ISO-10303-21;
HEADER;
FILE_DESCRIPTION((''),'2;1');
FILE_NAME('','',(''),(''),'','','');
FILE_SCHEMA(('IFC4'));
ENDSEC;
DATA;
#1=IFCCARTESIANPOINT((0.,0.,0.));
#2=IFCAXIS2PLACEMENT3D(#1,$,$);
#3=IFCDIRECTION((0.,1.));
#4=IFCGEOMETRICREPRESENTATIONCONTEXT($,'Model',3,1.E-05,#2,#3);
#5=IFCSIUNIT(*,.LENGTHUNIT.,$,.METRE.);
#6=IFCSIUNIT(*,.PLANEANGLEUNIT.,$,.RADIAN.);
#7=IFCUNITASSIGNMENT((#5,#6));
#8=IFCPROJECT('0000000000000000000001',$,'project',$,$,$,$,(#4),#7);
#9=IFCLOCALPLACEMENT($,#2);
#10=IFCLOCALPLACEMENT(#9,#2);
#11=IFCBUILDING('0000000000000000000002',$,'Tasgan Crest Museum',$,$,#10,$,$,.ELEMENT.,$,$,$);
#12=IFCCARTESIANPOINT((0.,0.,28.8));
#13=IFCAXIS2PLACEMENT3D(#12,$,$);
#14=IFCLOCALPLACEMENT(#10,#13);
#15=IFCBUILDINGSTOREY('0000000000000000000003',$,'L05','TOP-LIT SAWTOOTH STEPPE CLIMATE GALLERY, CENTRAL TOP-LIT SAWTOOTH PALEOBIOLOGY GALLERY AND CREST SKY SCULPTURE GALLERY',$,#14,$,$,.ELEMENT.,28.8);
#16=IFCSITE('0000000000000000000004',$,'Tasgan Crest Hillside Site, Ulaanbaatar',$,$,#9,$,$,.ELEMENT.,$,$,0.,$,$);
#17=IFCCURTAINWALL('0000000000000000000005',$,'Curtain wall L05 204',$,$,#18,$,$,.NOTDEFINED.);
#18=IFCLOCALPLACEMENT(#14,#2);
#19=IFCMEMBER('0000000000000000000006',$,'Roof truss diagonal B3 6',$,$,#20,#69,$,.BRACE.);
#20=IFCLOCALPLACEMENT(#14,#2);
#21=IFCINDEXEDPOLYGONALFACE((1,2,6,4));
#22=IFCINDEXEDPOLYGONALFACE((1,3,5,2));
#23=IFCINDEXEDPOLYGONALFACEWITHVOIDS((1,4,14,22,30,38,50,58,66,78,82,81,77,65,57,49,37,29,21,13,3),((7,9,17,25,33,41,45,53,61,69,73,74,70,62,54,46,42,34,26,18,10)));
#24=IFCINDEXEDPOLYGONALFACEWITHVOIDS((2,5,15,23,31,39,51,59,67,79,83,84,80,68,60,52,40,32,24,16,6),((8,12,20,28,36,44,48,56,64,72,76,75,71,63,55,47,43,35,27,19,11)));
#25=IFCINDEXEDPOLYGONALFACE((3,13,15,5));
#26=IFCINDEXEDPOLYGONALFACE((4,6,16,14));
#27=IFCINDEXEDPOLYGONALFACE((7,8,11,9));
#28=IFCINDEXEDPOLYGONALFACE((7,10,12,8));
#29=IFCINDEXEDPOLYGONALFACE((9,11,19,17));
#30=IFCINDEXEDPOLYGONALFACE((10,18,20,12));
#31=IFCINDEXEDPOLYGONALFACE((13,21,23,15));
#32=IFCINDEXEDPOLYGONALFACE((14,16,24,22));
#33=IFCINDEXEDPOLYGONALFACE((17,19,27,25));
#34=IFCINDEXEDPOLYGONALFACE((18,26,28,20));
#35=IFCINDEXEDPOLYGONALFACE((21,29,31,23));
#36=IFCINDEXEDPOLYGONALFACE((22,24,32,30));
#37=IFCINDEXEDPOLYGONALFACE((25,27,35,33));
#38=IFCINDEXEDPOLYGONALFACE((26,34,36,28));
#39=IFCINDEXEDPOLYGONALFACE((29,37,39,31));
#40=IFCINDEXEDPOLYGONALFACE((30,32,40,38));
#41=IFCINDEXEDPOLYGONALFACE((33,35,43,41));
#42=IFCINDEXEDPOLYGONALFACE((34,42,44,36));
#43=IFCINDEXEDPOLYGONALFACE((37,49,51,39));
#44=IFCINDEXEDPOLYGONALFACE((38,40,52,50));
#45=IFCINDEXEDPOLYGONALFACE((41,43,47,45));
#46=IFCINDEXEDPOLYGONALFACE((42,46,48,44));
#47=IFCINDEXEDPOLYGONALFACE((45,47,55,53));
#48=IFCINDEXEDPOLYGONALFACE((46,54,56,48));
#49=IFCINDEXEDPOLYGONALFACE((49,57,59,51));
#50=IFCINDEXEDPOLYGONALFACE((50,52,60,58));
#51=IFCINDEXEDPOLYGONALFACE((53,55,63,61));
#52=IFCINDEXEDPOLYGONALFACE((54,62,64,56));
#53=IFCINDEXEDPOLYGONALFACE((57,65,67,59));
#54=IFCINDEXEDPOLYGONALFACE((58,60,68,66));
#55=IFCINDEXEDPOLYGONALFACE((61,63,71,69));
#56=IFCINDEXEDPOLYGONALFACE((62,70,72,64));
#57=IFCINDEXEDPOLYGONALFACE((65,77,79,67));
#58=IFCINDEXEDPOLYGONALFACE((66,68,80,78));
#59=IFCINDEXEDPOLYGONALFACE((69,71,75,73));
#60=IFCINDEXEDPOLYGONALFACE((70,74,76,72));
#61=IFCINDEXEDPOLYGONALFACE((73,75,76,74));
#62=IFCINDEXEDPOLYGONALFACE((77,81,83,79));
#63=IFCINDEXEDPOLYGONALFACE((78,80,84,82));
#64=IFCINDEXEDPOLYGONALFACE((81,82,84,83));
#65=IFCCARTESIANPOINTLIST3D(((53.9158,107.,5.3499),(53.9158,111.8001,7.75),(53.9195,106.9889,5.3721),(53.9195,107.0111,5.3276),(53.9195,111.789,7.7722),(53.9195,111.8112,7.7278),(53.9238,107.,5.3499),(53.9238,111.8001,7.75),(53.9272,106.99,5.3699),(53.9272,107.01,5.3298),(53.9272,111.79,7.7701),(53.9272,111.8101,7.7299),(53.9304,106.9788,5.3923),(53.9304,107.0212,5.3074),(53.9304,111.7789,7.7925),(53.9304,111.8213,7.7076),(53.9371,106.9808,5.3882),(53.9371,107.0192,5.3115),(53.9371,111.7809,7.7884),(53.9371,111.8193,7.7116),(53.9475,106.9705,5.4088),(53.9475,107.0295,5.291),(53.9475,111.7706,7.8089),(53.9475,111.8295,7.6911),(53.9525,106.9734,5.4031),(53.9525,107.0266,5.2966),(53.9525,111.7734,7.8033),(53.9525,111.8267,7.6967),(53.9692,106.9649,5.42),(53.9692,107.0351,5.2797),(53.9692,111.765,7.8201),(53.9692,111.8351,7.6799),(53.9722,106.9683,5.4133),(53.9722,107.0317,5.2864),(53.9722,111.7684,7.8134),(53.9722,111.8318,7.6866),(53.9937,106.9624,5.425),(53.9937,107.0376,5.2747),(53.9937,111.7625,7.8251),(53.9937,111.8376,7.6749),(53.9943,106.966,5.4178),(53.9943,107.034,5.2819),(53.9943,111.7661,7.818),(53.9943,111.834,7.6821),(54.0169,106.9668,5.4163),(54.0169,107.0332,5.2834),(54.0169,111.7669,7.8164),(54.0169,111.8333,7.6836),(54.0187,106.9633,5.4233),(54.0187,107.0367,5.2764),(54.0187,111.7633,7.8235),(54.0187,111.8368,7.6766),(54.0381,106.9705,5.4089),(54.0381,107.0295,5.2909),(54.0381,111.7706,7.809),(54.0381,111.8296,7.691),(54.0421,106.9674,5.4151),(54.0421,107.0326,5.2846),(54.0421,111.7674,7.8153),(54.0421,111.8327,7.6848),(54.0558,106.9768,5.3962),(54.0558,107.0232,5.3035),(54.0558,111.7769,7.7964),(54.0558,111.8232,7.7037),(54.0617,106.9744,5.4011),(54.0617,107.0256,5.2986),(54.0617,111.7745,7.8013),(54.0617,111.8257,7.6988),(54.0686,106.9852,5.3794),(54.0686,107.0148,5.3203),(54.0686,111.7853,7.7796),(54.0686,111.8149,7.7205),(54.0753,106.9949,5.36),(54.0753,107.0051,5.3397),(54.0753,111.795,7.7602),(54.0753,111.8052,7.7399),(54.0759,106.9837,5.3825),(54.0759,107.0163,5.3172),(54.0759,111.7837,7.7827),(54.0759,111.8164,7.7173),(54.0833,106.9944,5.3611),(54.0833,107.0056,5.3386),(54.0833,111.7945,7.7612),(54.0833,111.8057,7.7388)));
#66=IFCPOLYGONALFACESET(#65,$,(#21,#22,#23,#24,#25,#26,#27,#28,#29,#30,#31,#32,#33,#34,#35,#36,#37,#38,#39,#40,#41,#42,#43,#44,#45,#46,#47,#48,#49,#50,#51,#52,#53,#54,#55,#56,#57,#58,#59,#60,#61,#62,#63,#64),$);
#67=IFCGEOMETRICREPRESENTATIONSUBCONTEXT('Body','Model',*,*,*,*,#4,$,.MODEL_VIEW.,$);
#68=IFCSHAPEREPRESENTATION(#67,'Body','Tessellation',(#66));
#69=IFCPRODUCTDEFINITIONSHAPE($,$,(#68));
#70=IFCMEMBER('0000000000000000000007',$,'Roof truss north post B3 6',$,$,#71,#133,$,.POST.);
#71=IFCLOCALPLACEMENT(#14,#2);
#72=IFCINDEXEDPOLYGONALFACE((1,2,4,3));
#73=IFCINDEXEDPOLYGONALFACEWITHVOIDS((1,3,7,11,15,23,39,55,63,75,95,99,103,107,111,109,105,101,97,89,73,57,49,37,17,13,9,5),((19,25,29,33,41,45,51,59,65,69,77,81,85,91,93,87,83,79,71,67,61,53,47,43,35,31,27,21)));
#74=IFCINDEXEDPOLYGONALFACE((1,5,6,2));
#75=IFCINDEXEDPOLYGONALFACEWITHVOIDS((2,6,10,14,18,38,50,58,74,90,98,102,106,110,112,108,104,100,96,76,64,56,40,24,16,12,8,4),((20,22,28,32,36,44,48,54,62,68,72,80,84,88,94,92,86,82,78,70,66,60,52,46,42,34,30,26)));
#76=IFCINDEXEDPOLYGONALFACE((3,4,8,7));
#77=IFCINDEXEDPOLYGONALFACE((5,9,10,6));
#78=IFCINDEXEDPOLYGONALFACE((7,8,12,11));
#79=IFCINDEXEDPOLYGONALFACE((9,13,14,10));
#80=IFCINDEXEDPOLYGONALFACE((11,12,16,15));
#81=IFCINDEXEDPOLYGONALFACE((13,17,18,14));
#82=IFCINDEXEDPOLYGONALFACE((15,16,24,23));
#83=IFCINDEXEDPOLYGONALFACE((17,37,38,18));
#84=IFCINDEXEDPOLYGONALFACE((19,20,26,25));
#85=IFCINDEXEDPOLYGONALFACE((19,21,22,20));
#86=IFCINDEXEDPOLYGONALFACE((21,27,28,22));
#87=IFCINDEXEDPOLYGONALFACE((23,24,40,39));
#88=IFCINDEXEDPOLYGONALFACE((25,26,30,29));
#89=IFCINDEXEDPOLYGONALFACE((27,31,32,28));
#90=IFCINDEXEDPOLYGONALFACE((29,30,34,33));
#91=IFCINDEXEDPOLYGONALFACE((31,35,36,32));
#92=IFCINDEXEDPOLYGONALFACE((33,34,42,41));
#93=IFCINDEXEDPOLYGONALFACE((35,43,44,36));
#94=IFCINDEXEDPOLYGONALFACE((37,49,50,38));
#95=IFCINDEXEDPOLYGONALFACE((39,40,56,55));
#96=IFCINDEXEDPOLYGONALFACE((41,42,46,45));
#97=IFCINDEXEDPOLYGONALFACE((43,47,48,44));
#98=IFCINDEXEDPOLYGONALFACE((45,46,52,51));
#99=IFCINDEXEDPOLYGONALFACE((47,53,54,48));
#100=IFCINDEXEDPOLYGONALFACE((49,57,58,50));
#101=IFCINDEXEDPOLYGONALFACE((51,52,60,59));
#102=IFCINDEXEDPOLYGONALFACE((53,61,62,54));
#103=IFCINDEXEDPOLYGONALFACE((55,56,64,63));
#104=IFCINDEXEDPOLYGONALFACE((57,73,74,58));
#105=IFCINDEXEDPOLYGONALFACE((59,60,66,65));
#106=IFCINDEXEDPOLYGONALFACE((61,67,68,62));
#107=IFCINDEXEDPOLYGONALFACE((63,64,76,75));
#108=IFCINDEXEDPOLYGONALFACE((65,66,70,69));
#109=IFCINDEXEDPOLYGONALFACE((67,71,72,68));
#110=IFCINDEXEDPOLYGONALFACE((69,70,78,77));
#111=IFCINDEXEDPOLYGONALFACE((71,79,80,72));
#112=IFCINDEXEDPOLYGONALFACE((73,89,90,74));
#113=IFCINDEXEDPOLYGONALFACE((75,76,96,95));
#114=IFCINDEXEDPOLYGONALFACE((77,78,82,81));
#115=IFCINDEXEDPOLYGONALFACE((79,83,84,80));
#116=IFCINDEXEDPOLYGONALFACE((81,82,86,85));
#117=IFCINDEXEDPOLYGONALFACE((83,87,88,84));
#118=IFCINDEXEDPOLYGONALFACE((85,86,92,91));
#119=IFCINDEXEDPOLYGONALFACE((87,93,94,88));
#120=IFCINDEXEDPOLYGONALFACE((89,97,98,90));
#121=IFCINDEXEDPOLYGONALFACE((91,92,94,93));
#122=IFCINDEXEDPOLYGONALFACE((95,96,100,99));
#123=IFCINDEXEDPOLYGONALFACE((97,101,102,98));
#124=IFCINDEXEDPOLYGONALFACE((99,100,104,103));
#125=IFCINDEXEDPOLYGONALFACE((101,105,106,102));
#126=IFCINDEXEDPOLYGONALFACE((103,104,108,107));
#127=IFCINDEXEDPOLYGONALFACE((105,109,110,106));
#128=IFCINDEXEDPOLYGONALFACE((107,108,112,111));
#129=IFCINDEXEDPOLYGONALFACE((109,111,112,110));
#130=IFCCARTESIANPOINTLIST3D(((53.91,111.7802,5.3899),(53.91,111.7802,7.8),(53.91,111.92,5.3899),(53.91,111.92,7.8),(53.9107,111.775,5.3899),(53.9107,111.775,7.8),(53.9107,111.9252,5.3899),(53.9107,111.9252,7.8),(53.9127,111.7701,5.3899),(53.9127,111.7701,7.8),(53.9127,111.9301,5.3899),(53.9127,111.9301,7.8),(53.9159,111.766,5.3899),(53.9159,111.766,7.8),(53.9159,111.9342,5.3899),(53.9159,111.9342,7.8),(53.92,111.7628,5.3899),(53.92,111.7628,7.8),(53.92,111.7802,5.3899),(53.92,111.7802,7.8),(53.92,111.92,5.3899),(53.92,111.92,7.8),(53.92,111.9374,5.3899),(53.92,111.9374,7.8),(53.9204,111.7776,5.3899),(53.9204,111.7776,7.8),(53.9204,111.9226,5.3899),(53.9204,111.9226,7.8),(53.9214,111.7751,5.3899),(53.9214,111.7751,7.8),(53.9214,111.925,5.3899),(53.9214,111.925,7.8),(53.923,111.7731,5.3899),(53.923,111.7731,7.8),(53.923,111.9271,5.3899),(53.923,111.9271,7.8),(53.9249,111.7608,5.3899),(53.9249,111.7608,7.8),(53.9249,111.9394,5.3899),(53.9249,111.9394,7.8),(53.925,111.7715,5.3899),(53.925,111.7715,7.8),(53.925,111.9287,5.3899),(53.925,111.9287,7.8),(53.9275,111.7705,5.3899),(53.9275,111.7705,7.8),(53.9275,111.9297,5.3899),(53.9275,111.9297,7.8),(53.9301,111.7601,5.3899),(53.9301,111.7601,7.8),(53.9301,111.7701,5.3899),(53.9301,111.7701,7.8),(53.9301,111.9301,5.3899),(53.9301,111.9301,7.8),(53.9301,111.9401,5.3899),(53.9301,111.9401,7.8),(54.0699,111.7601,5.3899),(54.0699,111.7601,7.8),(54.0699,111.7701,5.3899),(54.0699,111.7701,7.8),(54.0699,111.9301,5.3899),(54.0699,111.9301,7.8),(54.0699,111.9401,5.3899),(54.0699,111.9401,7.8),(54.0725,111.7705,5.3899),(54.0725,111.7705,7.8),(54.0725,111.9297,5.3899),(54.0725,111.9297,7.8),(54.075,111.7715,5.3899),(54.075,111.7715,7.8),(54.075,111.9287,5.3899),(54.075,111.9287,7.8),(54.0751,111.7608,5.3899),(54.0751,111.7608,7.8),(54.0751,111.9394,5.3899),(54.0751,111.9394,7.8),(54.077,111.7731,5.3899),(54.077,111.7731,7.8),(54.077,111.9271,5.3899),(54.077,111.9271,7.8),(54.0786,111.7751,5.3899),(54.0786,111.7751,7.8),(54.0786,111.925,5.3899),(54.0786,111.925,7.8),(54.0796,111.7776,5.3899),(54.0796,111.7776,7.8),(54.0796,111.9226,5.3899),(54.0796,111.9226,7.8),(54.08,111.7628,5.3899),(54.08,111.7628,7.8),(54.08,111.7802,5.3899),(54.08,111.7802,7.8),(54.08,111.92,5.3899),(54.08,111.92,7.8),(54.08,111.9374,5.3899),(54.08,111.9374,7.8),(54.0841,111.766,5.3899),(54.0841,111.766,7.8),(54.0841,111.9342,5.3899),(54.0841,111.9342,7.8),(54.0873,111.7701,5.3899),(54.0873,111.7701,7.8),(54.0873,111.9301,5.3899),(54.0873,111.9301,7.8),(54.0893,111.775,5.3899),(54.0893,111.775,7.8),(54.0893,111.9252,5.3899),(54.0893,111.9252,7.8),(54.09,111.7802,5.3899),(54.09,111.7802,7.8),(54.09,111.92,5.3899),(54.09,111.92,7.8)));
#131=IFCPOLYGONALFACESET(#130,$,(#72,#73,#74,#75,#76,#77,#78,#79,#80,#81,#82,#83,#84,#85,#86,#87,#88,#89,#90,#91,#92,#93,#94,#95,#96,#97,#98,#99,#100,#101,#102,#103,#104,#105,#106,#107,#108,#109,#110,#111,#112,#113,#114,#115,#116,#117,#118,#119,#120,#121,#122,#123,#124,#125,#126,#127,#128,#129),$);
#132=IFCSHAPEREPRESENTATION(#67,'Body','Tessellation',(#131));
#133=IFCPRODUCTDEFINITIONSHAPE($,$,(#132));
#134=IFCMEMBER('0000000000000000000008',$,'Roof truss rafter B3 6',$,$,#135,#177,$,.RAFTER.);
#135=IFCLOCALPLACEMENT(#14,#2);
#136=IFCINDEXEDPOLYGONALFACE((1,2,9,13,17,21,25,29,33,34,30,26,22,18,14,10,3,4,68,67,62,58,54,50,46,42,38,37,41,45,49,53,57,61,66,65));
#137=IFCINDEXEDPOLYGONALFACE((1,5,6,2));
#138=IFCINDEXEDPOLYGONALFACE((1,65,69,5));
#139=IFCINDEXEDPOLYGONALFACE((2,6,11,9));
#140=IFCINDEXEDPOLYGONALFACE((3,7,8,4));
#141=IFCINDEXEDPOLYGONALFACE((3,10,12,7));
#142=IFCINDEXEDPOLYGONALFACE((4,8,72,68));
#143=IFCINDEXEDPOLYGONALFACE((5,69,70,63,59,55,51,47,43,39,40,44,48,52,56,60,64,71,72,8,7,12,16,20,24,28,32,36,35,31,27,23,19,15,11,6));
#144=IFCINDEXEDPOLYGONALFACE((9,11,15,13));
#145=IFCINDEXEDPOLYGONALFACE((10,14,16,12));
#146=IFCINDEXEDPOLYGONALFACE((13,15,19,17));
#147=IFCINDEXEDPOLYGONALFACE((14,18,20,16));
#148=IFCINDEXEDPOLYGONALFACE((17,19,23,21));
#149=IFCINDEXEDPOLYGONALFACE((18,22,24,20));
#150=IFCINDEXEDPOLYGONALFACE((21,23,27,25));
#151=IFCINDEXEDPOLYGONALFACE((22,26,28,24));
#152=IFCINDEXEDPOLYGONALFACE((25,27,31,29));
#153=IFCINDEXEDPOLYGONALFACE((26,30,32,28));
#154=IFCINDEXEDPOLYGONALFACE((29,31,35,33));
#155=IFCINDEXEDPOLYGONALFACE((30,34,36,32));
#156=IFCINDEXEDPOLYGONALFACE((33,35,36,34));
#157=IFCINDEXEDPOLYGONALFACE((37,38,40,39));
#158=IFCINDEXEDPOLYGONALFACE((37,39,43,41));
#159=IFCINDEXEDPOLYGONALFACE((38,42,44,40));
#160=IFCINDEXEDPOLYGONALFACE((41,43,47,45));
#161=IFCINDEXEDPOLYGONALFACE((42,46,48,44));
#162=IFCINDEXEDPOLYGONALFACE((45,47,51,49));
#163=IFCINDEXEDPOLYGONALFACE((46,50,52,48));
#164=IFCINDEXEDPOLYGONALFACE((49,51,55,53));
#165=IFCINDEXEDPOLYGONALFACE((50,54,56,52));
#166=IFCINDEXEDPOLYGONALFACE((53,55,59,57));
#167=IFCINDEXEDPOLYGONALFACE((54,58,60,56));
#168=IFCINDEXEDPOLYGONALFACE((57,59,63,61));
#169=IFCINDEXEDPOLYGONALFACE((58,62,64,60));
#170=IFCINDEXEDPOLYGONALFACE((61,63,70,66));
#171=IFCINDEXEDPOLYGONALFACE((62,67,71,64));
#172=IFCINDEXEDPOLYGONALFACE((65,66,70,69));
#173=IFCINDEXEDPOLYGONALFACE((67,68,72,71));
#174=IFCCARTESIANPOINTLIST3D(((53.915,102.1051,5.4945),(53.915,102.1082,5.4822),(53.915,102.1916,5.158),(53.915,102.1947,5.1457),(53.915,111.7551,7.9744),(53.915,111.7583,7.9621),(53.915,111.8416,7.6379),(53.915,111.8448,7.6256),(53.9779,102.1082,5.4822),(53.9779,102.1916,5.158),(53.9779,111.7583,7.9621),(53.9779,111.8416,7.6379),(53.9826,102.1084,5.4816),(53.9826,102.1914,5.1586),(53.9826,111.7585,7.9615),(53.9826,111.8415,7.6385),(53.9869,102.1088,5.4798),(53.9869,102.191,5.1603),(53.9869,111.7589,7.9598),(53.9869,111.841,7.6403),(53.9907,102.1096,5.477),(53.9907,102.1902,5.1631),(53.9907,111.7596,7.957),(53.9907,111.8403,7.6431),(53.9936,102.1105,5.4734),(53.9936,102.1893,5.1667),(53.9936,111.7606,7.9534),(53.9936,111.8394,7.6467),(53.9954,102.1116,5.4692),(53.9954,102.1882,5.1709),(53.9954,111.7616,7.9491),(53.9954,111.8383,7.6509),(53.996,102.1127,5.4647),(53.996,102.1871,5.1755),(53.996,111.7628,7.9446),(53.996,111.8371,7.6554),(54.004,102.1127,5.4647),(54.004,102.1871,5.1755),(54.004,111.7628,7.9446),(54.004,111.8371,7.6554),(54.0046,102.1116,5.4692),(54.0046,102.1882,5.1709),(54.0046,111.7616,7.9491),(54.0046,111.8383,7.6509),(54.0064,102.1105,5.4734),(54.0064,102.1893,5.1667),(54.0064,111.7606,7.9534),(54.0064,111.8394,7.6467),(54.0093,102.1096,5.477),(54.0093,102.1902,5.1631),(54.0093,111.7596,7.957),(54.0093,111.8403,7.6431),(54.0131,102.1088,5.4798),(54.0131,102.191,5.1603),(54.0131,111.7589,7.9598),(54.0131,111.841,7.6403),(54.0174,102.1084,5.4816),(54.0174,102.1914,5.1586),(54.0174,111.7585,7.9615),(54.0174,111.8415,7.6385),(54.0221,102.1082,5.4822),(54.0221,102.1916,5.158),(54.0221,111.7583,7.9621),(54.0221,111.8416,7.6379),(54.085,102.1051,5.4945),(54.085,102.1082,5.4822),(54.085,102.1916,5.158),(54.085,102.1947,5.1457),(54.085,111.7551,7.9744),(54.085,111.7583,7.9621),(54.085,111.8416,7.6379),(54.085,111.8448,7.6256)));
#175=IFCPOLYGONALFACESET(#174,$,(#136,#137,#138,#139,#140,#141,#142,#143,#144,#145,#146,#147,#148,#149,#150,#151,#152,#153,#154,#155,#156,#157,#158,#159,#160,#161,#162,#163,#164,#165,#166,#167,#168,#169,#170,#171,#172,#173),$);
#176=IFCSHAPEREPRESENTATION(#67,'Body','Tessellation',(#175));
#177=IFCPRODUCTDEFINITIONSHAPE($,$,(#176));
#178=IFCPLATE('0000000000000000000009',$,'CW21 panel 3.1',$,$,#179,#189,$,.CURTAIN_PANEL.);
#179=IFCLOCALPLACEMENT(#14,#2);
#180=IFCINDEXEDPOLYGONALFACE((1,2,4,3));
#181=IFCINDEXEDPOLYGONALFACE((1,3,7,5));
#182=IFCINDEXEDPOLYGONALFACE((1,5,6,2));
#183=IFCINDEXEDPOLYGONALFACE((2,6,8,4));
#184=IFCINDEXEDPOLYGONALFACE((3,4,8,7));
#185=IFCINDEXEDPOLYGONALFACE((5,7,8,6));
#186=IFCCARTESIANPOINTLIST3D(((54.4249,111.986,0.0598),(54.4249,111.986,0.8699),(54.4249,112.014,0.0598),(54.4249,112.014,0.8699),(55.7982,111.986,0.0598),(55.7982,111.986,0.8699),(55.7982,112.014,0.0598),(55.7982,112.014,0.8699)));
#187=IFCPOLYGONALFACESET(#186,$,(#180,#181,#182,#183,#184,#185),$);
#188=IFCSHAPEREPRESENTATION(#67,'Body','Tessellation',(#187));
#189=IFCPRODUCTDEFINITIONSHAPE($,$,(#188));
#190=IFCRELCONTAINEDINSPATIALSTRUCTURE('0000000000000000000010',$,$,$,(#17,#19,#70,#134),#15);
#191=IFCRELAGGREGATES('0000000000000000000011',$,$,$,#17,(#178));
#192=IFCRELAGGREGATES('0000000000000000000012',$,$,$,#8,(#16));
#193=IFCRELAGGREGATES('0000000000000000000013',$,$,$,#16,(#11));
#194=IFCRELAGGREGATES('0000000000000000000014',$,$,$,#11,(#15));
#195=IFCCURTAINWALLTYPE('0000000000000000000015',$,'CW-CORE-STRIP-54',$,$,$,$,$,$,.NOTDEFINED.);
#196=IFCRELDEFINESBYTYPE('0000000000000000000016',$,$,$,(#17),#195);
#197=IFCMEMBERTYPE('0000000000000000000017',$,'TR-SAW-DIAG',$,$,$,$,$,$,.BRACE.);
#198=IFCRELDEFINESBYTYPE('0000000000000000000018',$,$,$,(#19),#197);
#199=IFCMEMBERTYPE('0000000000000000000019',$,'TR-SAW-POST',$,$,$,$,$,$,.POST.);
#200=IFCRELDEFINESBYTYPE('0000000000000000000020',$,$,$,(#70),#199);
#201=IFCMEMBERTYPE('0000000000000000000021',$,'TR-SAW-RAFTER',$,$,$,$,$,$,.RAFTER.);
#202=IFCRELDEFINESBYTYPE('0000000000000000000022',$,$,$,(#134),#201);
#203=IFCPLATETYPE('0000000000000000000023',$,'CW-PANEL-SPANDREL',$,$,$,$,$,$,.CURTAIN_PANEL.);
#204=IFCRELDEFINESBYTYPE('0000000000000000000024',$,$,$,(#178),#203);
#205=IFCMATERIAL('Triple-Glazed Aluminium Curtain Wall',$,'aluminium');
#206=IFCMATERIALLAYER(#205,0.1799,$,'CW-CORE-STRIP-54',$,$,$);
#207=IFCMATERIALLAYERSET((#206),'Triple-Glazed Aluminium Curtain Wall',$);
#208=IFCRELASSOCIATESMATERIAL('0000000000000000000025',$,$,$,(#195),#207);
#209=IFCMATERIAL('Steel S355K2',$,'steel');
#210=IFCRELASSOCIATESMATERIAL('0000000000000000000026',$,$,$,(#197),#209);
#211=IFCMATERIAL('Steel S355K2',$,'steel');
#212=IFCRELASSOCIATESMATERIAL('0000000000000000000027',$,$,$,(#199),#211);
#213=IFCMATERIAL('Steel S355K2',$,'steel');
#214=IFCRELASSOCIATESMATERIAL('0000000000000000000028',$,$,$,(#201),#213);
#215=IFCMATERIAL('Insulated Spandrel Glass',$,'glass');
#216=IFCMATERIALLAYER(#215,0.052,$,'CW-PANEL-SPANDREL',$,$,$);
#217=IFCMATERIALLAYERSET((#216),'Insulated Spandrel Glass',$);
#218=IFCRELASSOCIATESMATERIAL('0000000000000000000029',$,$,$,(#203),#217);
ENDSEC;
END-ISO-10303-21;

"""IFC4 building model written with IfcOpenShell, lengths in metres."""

from ifc_helpers import new_model, si_unit, direction, frame, origin, origin_2d, place, context, subcontext, project, spatial, rectangle, hollow_rectangle, hollow_circle, i_section, extrude, material, layer, layer_set, material_profile, profile_set, type_object, element, aggregate, save


model = new_model("IFC4")

# Units and contexts
model_context = context("Model", 3, precision=1e-05, world=origin(), true_north=direction((0.0, 1.0)))
body_context = subcontext(model_context, "Body", "Model", "MODEL_VIEW")
ifc_project = project(units=[si_unit("LENGTHUNIT", "METRE"), si_unit("PLANEANGLEUNIT", "RADIAN")], contexts=[model_context])

# Site, building, storey
site_placement = place(None, origin())
site = spatial("IfcSite", under=ifc_project, at=site_placement, Name="Tasgan Crest Hillside Site, Ulaanbaatar", CompositionType="ELEMENT", RefElevation=0.0)
building_placement = place(site_placement, origin())
building = spatial("IfcBuilding", under=site, at=building_placement, Name="Tasgan Crest Museum", CompositionType="ELEMENT")
storey_placement = place(building_placement, frame((0.0, 0.0, 28.8)))
storey = spatial("IfcBuildingStorey", under=building, at=storey_placement, Name="L05", Description="TOP-LIT SAWTOOTH STEPPE CLIMATE GALLERY, CENTRAL TOP-LIT SAWTOOTH PALEOBIOLOGY GALLERY AND CREST SKY SCULPTURE GALLERY", CompositionType="ELEMENT", Elevation=28.8)

# Curtain wall
ifc_material_1 = material(Name="Triple-Glazed Aluminium Curtain Wall", Category="aluminium")
ifc_layer_1 = layer(ifc_material_1, 0.1799, Name="CW-CORE-STRIP-54")
ifc_layer_set_1 = layer_set([ifc_layer_1], Name="Triple-Glazed Aluminium Curtain Wall")
curtain_wall_type = type_object("IfcCurtainWallType", Name="CW-CORE-STRIP-54", PredefinedType="NOTDEFINED", material=ifc_layer_set_1)
curtain_wall_placement = place(storey_placement, origin())
curtain_wall = element("IfcCurtainWall", 1, at=curtain_wall_placement, inside=storey, type_object=curtain_wall_type, Name="Curtain wall L05 204", PredefinedType="NOTDEFINED")

# Members
ifc_material_2 = material(Name="Steel S355K2", Category="steel")
ifc_material_profile_1 = material_profile(ifc_material_2, hollow_circle(Radius=0.0842, WallThickness=0.0081, at=origin_2d()), Name="CHS 168.3x8")
ifc_profile_set_1 = profile_set([ifc_material_profile_1], Name="Steel S355K2")
member_type_1 = type_object("IfcMemberType", Name="TR-SAW-DIAG", PredefinedType="BRACE", material=ifc_profile_set_1)
member_1_placement = place(storey_placement, frame((54.0, 107.0, 5.3499), z_axis=(0.0, 0.894418, 0.447232), x_axis=(-1.0, 0.0, 0.0)))
element("IfcMember", 2, at=member_1_placement, inside=storey, type_object=member_type_1, Name="Roof truss diagonal B3 6", PredefinedType="BRACE", context=body_context, shape_type="SweptSolid", body=[
    extrude(hollow_circle(Radius=0.0842, WallThickness=0.0081, at=origin_2d()), origin(), (0.0, 0.0, 1.0), 5.3667),
])
ifc_material_3 = material(Name="Steel S355K2", Category="steel")
ifc_material_profile_2 = material_profile(ifc_material_3, hollow_rectangle(XDim=0.1799, YDim=0.1799, WallThickness=0.01, InnerFilletRadius=0.01, OuterFilletRadius=0.02, at=origin_2d()), Name="SHS 180x180x10")
ifc_profile_set_2 = profile_set([ifc_material_profile_2], Name="Steel S355K2")
member_type_2 = type_object("IfcMemberType", Name="TR-SAW-POST", PredefinedType="POST", material=ifc_profile_set_2)
member_2_placement = place(storey_placement, frame((54.0, 111.8501, 5.3899), z_axis=(0.0, 0.0, 1.0), x_axis=(1.0, 0.0, 0.0)))
element("IfcMember", 3, at=member_2_placement, inside=storey, type_object=member_type_2, Name="Roof truss north post B3 6", PredefinedType="POST", context=body_context, shape_type="SweptSolid", body=[
    extrude(hollow_rectangle(XDim=0.1799, YDim=0.1799, WallThickness=0.01, InnerFilletRadius=0.01, OuterFilletRadius=0.02, at=origin_2d()), origin(), (0.0, 0.0, 1.0), 2.4102),
])
ifc_material_4 = material(Name="Steel S355K2", Category="steel")
ifc_material_profile_3 = material_profile(ifc_material_4, i_section(OverallWidth=0.1699, OverallDepth=0.3601, WebThickness=0.0081, FlangeThickness=0.0127, FilletRadius=0.0181, at=origin_2d()), Name="IPE 360")
ifc_profile_set_3 = profile_set([ifc_material_profile_3], Name="Steel S355K2")
member_type_3 = type_object("IfcMemberType", Name="TR-SAW-RAFTER", PredefinedType="RAFTER", material=ifc_profile_set_3)
member_3_placement = place(storey_placement, frame((54.0, 102.1499, 5.3201), z_axis=(0.0, 0.968529, 0.248901), x_axis=(-1.0, 0.0, 0.0)))
element("IfcMember", 4, at=member_3_placement, inside=storey, type_object=member_type_3, Name="Roof truss rafter B3 6", PredefinedType="RAFTER", context=body_context, shape_type="SweptSolid", body=[
    extrude(i_section(OverallWidth=0.1699, OverallDepth=0.3601, WebThickness=0.0081, FlangeThickness=0.0127, FilletRadius=0.0181, at=origin_2d()), origin(), (0.0, 0.0, 1.0), 9.9636),
])

# Plate
ifc_material_5 = material(Name="Insulated Spandrel Glass", Category="glass")
ifc_layer_2 = layer(ifc_material_5, 0.052, Name="CW-PANEL-SPANDREL")
ifc_layer_set_2 = layer_set([ifc_layer_2], Name="Insulated Spandrel Glass")
plate_type_1 = type_object("IfcPlateType", Name="CW-PANEL-SPANDREL", PredefinedType="CURTAIN_PANEL", material=ifc_layer_set_2)
plate_1_placement = place(storey_placement, frame((55.1116, 112.0, 0.0598), z_axis=(0.0, 0.0, 1.0), x_axis=(-1.0, 0.0, 0.0)))
plate_1 = element("IfcPlate", 5, at=plate_1_placement, type_object=plate_type_1, Name="CW21 panel 3.1", PredefinedType="CURTAIN_PANEL", context=body_context, shape_type="SweptSolid", body=[
    extrude(rectangle(XDim=1.3733, YDim=0.0281, at=origin_2d()), origin(), (0.0, 0.0, 1.0), 0.8101),
])
aggregate(curtain_wall, [plate_1])

save(model, "model.ifc")
